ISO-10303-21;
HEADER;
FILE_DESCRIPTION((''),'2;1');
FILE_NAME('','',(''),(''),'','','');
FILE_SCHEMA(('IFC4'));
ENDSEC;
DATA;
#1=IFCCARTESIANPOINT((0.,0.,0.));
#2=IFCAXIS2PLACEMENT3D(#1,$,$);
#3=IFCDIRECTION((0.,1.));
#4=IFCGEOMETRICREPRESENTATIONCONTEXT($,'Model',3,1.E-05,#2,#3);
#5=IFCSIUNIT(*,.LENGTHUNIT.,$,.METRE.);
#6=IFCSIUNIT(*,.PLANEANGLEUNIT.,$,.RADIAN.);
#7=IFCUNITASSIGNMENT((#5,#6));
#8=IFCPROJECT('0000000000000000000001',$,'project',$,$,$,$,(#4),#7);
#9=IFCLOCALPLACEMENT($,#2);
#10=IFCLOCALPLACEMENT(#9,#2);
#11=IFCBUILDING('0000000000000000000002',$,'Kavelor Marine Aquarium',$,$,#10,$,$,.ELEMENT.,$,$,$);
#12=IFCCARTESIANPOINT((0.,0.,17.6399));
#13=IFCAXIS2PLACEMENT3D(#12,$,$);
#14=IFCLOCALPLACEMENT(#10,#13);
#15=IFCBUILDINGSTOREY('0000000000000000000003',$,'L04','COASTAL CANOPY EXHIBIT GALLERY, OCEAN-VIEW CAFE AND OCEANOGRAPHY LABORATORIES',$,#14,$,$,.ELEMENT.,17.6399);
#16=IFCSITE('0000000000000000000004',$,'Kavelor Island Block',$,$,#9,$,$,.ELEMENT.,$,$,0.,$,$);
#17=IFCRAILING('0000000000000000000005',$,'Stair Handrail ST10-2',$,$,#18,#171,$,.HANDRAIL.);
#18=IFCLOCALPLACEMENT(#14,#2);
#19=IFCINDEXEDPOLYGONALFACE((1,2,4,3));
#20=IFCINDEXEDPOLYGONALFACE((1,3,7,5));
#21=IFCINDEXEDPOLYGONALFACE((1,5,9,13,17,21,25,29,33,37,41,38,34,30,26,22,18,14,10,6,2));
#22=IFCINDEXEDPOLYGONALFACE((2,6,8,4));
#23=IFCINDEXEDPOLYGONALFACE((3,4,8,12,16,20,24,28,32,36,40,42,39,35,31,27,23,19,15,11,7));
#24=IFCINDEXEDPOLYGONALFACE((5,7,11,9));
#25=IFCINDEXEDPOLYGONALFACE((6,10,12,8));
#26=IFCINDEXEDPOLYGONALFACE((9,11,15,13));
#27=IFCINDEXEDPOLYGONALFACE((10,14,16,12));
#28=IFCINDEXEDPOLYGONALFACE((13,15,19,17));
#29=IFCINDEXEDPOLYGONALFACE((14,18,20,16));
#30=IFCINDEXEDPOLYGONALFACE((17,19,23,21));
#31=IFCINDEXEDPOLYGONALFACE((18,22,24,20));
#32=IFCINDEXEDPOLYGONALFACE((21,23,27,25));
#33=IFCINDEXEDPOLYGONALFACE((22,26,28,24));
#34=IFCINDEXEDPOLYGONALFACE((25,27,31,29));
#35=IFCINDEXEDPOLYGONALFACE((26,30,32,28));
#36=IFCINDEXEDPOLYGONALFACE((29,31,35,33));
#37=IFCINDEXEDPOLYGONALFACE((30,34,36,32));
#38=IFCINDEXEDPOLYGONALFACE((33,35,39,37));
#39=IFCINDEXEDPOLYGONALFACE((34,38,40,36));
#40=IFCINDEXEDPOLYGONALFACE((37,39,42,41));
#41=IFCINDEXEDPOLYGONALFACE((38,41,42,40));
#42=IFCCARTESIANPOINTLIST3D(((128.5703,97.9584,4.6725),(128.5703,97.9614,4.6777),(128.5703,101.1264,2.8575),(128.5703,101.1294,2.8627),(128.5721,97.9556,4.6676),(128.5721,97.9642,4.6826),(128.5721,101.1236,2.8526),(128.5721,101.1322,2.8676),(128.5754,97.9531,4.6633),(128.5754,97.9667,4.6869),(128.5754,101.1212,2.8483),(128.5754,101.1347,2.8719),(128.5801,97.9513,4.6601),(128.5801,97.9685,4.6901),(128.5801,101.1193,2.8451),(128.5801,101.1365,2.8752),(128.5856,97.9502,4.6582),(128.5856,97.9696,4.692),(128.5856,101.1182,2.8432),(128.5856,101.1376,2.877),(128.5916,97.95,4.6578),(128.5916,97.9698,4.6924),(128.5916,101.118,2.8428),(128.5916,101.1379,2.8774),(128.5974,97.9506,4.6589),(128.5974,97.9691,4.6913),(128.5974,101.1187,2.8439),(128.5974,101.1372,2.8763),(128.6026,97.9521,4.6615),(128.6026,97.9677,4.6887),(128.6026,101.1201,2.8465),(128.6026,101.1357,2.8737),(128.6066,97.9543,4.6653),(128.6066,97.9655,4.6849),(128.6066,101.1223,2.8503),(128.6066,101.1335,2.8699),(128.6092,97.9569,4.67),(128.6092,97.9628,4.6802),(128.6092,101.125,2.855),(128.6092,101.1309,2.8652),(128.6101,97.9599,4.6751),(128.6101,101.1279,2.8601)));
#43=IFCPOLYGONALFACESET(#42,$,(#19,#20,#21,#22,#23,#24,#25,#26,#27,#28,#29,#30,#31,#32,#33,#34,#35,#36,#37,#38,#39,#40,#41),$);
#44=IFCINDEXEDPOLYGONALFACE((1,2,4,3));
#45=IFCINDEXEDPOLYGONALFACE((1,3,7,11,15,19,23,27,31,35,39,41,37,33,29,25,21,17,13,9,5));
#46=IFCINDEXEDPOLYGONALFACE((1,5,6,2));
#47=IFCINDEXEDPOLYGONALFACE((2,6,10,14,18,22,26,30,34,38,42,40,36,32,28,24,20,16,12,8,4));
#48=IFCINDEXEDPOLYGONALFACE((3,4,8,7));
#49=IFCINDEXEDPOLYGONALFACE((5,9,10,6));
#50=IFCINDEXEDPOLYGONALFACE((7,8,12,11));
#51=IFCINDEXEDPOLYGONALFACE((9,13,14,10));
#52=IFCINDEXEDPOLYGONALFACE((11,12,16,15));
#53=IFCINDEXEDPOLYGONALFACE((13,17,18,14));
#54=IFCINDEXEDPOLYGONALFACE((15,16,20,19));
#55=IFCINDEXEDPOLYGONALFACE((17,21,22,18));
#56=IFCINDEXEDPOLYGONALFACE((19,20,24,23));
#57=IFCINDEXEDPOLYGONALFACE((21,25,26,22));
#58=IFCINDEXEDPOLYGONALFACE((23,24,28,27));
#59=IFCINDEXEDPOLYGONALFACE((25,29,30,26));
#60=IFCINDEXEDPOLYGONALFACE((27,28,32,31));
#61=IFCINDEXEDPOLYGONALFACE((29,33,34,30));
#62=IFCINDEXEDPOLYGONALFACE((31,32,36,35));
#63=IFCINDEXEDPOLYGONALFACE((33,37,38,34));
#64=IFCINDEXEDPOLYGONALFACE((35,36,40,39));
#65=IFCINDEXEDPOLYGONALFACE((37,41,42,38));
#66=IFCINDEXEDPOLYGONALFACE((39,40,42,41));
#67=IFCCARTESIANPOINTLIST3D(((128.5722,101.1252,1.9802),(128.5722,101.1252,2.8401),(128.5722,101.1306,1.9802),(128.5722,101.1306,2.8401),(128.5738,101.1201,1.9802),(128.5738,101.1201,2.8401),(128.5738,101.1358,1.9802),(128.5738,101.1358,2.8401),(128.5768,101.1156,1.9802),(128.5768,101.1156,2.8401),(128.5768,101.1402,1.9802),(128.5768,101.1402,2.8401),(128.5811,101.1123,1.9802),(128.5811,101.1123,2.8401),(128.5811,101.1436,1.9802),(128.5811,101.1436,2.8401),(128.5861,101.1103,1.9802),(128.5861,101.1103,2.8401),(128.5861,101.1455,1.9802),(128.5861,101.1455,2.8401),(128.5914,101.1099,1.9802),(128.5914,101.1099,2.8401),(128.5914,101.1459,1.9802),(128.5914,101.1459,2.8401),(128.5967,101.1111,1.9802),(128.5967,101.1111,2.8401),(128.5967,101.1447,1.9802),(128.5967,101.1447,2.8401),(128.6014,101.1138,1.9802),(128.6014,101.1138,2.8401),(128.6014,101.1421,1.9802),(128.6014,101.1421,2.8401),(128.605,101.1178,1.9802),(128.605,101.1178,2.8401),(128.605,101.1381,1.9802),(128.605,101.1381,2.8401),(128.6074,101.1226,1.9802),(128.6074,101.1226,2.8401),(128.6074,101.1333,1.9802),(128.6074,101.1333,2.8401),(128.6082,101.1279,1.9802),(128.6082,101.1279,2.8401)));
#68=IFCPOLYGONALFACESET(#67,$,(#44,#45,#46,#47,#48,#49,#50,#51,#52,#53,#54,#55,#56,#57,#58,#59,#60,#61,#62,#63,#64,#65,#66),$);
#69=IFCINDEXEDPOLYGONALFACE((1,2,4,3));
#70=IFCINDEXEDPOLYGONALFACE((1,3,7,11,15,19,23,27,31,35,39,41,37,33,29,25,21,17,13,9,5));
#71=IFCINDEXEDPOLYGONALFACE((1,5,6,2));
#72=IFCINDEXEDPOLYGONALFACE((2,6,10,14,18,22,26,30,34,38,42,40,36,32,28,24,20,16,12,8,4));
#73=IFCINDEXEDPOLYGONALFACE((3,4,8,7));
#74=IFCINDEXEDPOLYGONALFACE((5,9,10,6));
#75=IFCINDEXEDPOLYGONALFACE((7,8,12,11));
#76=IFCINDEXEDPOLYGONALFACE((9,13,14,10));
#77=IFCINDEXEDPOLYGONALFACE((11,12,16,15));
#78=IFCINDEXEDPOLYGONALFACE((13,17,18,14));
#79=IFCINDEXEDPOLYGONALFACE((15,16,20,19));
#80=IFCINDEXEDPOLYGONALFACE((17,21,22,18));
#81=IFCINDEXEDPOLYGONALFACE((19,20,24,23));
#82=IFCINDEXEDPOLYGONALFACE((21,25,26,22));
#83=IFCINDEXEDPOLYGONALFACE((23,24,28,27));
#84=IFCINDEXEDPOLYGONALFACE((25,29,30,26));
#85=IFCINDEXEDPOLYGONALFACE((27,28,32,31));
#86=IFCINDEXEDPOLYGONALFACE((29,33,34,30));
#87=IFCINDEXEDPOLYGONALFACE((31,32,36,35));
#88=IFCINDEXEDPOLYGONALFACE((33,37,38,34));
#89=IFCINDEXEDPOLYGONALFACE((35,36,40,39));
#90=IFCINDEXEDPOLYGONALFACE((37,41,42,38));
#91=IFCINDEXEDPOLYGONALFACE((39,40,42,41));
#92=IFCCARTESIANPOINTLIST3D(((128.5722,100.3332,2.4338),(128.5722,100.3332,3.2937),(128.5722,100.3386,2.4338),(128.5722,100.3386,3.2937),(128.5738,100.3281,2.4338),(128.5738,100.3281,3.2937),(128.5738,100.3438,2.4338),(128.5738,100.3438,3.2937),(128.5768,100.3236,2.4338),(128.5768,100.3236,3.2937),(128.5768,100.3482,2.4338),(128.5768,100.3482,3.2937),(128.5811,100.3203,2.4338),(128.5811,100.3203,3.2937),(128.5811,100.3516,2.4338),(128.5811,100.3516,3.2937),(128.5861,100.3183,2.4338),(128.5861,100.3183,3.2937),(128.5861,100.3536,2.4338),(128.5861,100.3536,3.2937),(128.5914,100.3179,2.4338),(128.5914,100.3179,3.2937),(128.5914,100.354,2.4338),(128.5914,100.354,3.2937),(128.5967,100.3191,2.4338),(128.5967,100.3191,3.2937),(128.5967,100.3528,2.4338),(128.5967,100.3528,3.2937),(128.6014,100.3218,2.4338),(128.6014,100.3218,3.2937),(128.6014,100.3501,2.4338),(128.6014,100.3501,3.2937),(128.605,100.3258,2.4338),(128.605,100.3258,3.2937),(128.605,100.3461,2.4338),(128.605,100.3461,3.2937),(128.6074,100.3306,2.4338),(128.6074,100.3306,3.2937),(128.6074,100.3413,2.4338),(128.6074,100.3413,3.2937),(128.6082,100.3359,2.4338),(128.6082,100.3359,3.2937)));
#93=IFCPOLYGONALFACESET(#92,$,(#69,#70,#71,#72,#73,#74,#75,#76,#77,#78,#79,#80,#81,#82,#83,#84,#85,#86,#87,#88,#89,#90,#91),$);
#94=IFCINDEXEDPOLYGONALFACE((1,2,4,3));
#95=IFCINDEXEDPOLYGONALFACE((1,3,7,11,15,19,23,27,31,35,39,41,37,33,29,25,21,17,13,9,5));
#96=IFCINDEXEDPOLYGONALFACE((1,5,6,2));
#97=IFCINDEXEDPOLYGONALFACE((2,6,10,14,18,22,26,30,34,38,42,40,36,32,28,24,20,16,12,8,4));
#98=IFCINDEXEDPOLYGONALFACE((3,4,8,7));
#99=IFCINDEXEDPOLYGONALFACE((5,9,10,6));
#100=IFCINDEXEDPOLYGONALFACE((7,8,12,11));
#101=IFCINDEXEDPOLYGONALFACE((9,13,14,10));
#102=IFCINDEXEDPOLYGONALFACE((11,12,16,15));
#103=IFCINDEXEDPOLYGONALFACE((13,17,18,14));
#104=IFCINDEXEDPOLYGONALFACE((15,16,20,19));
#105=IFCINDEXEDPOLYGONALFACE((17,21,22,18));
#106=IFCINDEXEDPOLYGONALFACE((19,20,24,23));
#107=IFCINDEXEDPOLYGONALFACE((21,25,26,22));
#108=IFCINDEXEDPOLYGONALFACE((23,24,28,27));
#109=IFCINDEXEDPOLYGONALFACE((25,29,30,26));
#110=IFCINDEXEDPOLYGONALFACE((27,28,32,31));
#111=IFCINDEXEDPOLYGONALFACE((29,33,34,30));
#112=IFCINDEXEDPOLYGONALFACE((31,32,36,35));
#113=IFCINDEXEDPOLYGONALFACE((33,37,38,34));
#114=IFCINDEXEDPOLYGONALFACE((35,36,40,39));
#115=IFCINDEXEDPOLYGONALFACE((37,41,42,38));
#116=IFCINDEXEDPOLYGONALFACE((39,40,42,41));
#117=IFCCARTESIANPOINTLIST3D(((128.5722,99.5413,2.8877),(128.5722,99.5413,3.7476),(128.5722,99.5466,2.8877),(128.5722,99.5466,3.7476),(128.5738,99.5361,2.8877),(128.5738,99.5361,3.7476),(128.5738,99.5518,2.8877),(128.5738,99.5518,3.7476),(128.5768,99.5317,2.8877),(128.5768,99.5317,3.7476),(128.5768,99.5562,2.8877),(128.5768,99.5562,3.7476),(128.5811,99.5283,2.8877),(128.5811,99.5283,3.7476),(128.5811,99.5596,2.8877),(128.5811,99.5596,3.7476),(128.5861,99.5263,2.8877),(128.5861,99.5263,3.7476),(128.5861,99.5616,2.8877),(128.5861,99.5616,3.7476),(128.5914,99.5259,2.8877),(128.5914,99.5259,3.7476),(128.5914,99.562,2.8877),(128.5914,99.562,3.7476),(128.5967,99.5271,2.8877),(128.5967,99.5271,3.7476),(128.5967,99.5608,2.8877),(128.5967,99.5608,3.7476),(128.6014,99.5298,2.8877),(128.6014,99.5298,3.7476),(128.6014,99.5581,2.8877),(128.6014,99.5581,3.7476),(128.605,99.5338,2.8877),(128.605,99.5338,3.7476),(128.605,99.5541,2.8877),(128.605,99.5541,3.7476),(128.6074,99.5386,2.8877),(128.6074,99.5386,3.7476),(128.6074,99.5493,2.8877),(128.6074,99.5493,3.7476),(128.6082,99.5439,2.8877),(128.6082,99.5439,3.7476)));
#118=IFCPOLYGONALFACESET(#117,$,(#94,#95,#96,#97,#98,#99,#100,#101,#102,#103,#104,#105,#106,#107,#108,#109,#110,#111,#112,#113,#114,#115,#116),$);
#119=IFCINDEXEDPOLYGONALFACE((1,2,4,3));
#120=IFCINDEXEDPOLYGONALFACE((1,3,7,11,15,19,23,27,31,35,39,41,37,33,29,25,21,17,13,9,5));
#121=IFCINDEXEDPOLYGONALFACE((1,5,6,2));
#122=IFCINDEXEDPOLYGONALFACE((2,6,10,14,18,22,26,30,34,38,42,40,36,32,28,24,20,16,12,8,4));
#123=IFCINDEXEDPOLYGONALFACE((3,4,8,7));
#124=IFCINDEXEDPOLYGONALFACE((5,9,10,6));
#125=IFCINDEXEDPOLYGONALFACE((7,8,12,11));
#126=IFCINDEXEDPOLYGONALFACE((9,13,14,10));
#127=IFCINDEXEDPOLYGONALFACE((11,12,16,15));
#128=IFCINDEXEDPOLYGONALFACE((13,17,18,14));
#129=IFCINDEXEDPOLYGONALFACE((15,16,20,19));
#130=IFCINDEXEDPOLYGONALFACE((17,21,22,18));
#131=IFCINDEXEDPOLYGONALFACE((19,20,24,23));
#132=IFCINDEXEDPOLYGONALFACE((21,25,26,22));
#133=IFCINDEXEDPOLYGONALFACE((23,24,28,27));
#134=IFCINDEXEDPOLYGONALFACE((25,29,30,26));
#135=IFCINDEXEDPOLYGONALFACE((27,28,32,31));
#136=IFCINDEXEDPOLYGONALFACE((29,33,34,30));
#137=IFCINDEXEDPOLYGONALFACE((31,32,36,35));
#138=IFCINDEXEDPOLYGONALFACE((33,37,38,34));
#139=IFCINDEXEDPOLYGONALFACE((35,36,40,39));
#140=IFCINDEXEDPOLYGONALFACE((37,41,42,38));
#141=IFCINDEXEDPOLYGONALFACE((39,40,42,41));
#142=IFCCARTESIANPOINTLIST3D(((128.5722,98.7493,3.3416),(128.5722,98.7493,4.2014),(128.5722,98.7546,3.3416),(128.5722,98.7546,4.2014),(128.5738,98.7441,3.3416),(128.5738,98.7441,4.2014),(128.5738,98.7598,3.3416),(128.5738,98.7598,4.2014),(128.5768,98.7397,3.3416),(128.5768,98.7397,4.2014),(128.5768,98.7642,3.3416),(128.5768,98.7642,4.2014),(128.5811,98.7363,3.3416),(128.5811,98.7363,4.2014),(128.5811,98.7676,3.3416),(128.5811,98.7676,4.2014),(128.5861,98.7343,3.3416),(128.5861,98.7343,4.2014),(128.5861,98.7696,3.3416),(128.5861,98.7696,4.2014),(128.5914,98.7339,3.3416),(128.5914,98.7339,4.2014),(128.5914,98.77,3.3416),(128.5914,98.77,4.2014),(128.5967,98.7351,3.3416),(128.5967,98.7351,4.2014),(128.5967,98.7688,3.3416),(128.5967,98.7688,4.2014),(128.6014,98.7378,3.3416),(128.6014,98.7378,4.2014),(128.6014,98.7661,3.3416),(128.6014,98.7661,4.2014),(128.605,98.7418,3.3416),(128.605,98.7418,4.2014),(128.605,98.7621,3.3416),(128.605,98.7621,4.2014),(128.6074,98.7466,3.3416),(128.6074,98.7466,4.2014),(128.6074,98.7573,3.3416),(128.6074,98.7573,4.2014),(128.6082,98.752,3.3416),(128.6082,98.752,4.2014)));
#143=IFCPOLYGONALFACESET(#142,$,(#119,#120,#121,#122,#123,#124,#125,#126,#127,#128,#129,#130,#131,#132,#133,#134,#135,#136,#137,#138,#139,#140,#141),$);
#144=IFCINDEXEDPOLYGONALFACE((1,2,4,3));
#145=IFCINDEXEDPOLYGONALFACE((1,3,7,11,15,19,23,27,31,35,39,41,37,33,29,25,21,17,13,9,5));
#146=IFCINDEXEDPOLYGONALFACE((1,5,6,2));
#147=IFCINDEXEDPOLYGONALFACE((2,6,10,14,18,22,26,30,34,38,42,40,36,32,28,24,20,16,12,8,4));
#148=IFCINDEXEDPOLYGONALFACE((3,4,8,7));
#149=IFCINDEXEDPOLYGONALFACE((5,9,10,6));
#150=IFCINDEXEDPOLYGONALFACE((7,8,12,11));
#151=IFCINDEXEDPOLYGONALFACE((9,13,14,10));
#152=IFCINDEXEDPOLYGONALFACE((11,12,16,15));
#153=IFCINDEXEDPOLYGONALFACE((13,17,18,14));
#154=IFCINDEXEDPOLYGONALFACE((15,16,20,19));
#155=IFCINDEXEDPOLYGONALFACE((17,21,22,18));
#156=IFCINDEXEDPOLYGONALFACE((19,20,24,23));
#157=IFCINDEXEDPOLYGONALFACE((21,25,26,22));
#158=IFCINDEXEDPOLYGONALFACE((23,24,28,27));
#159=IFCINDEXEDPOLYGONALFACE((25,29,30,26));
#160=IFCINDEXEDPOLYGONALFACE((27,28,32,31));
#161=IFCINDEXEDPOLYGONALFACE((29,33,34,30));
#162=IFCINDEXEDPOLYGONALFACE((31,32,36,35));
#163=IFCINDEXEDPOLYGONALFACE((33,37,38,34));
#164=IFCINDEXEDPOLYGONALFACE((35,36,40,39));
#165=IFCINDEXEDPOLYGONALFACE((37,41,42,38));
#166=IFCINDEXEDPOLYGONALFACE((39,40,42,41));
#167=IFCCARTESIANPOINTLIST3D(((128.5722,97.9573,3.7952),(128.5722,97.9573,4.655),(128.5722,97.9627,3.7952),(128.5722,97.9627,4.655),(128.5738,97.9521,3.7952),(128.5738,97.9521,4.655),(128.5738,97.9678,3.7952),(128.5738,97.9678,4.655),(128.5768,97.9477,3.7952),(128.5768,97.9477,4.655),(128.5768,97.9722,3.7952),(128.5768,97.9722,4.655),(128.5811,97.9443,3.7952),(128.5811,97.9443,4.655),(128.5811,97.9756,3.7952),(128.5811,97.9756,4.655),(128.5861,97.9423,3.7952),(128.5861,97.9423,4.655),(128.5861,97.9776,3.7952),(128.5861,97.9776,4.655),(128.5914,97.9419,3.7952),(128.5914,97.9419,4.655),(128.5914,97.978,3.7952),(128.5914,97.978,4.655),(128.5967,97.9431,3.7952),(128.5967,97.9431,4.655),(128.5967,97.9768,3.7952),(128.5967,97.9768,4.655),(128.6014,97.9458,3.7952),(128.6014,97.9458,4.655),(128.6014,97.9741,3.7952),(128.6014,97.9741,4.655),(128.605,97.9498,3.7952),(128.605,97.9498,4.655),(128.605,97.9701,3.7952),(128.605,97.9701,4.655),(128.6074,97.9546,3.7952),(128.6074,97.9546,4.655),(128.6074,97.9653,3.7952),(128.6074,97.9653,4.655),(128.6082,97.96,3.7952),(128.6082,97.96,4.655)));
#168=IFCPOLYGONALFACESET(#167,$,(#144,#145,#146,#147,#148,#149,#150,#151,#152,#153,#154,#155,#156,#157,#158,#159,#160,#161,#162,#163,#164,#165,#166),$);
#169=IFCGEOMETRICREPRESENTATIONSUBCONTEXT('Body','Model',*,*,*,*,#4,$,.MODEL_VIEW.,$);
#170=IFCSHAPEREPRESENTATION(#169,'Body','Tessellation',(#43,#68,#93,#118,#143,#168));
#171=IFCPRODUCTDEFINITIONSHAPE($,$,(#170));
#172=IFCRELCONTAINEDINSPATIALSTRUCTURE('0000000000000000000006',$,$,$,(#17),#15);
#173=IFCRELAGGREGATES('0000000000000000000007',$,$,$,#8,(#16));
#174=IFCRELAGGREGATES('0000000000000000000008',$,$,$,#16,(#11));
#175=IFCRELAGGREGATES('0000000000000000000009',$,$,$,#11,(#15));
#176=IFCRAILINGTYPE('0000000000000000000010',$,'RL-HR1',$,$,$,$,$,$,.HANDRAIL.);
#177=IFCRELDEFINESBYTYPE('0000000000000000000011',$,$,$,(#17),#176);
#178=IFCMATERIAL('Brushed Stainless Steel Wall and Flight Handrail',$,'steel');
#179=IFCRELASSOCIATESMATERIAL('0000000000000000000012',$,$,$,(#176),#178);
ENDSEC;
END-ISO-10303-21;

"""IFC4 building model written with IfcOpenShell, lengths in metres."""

from ifc_helpers import new_model, si_unit, direction, frame, origin, origin_2d, place, context, subcontext, project, spatial, circle, extrude, material, type_object, element, save


model = new_model("IFC4")

# Units and contexts
model_context = context("Model", 3, precision=1e-05, world=origin(), true_north=direction((0.0, 1.0)))
body_context = subcontext(model_context, "Body", "Model", "MODEL_VIEW")
ifc_project = project(units=[si_unit("LENGTHUNIT", "METRE"), si_unit("PLANEANGLEUNIT", "RADIAN")], contexts=[model_context])

# Site, building, storey
site_placement = place(None, origin())
site = spatial("IfcSite", under=ifc_project, at=site_placement, Name="Kavelor Island Block", CompositionType="ELEMENT", RefElevation=0.0)
building_placement = place(site_placement, origin())
building = spatial("IfcBuilding", under=site, at=building_placement, Name="Kavelor Marine Aquarium", CompositionType="ELEMENT")
storey_placement = place(building_placement, frame((0.0, 0.0, 17.6399)))
storey = spatial("IfcBuildingStorey", under=building, at=storey_placement, Name="L04", Description="COASTAL CANOPY EXHIBIT GALLERY, OCEAN-VIEW CAFE AND OCEANOGRAPHY LABORATORIES", CompositionType="ELEMENT", Elevation=17.6399)

# Railing
ifc_material_1 = material(Name="Brushed Stainless Steel Wall and Flight Handrail", Category="steel")
railing_type_1 = type_object("IfcRailingType", Name="RL-HR1", PredefinedType="HANDRAIL", material=ifc_material_1)
railing_1_placement = place(storey_placement, frame((128.5901, 101.1279, 1.9802)))
element("IfcRailing", 1, at=railing_1_placement, inside=storey, type_object=railing_type_1, Name="Stair Handrail ST10-2", PredefinedType="HANDRAIL", context=body_context, shape_type="SweptSolid", body=[
    extrude(circle(Radius=0.02, at=origin_2d()), frame((0.0, 0.0, 0.8799), z_axis=(0.0, -0.867691, 0.497104), x_axis=(1.0, 0.0, 0.0)), (0.0, 0.0, 1.0), 3.6511),
    extrude(circle(Radius=0.0181, at=origin_2d()), origin(), (0.0, 0.0, 1.0), 0.8599),
    extrude(circle(Radius=0.0181, at=origin_2d()), frame((0.0, -0.792, 0.4536)), (0.0, 0.0, 1.0), 0.8599),
    extrude(circle(Radius=0.0181, at=origin_2d()), frame((0.0, -1.584, 0.9075)), (0.0, 0.0, 1.0), 0.8599),
    extrude(circle(Radius=0.0181, at=origin_2d()), frame((0.0, -2.376, 1.3613)), (0.0, 0.0, 1.0), 0.8599),
    extrude(circle(Radius=0.0181, at=origin_2d()), frame((0.0, -3.168, 1.8149)), (0.0, 0.0, 1.0), 0.8599),
])

save(model, "model.ifc")
